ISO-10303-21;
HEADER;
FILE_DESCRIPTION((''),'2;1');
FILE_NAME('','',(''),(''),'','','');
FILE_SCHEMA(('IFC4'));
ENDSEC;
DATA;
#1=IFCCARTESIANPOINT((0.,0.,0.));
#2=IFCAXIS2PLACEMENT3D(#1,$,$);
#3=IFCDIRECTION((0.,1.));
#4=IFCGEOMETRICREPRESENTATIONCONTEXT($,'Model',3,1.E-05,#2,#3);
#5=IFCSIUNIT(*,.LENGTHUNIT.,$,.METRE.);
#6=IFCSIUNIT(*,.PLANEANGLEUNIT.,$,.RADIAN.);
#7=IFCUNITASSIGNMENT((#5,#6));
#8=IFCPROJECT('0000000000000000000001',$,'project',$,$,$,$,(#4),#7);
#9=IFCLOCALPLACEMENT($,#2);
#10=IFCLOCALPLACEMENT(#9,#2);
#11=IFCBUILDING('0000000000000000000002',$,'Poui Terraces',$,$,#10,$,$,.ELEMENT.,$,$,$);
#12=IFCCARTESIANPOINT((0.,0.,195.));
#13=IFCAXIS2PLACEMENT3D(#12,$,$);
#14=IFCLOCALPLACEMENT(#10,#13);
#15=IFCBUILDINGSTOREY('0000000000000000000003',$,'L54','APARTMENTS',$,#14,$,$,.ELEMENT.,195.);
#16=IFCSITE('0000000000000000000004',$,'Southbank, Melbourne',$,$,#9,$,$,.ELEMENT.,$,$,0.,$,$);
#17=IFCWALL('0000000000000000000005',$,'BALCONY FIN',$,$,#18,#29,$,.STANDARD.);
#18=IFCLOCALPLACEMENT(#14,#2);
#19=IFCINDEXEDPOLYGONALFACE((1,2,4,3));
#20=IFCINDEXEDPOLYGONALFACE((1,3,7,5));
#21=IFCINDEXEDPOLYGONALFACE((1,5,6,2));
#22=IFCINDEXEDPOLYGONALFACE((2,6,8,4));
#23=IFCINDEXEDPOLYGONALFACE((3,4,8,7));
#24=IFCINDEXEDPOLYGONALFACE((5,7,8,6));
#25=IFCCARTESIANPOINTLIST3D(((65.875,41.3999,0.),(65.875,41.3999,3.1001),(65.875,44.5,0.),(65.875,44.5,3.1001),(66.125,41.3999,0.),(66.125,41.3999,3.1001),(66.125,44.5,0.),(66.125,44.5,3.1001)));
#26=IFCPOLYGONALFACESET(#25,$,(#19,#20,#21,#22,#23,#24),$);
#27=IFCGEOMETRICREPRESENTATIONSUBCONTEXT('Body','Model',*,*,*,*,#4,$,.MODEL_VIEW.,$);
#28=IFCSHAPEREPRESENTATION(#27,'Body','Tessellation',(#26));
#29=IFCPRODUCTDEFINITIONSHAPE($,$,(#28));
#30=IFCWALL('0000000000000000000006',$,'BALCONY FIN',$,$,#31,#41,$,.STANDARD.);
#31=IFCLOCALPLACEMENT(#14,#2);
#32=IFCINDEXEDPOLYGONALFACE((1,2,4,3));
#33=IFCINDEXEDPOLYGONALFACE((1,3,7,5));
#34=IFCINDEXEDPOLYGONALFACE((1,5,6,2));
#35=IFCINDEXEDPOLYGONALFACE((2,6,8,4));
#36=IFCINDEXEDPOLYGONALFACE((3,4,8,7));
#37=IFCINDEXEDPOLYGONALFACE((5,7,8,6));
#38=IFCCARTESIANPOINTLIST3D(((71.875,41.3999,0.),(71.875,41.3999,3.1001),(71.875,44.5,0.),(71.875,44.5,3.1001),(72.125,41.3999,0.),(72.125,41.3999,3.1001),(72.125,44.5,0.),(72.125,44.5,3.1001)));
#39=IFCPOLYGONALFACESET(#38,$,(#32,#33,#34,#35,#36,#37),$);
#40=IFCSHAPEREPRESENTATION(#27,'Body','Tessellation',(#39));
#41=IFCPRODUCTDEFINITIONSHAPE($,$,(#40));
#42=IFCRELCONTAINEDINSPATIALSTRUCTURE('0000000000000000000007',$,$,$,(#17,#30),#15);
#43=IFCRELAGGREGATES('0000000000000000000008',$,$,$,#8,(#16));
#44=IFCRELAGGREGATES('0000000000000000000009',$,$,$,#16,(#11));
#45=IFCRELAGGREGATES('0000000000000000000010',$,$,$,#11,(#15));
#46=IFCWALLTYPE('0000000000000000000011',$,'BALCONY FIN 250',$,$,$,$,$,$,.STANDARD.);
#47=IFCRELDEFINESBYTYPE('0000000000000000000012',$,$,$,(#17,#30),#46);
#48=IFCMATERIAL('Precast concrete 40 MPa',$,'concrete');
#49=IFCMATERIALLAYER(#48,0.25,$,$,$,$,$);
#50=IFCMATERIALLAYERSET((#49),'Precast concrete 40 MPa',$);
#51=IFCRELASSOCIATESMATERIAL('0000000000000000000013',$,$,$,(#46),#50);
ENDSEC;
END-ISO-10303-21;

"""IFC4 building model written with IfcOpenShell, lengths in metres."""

from ifc_helpers import new_model, si_unit, direction, frame, origin, place, context, subcontext, project, spatial, polyline, outline, extrude, source, transform, mapped, material, layer, layer_set, type_object, element, save


model = new_model("IFC4")

# Units and contexts
model_context = context("Model", 3, precision=1e-05, world=origin(), true_north=direction((0.0, 1.0)))
body_context = subcontext(model_context, "Body", "Model", "MODEL_VIEW")
ifc_project = project(units=[si_unit("LENGTHUNIT", "METRE"), si_unit("PLANEANGLEUNIT", "RADIAN")], contexts=[model_context])

# Site, building, storey
site_placement = place(None, origin())
site = spatial("IfcSite", under=ifc_project, at=site_placement, Name="Southbank, Melbourne", CompositionType="ELEMENT", RefElevation=0.0)
building_placement = place(site_placement, origin())
building = spatial("IfcBuilding", under=site, at=building_placement, Name="Poui Terraces", CompositionType="ELEMENT")
storey_placement = place(building_placement, frame((0.0, 0.0, 195.0)))
storey = spatial("IfcBuildingStorey", under=building, at=storey_placement, Name="L54", Description="APARTMENTS", CompositionType="ELEMENT", Elevation=195.0)

# Walls
ifc_material_1 = material(Name="Precast concrete 40 MPa", Category="concrete")
ifc_layer = layer(ifc_material_1, 0.25)
ifc_layer_set = layer_set([ifc_layer], Name="Precast concrete 40 MPa")
wall_type = type_object("IfcWallType", Name="BALCONY FIN 250", PredefinedType="STANDARD", material=ifc_layer_set)
shared_shape_1 = source(origin(), body_context, "Body", "SweptSolid", [
    extrude(outline(polyline([(0.0, 0.0), (0.25, 0.0), (0.25, 3.1001), (0.0, 3.1001), (0.0, 0.0)])), origin(), (0.0, 0.0, 1.0), 3.1001),
])
for number, where, name in (
    (1, (65.875, 41.3999, 0.0), "BALCONY FIN"),
    (2, (71.875, 41.3999, 0.0), "BALCONY FIN"),
):
    element("IfcWall", number, at=place(storey_placement, frame(where)), inside=storey, type_object=wall_type, Name=name, PredefinedType="STANDARD", context=body_context, shape_type="MappedRepresentation", body=[
        mapped(shared_shape_1, transform((0.0, 0.0, 0.0))),
    ])

save(model, "model.ifc")
